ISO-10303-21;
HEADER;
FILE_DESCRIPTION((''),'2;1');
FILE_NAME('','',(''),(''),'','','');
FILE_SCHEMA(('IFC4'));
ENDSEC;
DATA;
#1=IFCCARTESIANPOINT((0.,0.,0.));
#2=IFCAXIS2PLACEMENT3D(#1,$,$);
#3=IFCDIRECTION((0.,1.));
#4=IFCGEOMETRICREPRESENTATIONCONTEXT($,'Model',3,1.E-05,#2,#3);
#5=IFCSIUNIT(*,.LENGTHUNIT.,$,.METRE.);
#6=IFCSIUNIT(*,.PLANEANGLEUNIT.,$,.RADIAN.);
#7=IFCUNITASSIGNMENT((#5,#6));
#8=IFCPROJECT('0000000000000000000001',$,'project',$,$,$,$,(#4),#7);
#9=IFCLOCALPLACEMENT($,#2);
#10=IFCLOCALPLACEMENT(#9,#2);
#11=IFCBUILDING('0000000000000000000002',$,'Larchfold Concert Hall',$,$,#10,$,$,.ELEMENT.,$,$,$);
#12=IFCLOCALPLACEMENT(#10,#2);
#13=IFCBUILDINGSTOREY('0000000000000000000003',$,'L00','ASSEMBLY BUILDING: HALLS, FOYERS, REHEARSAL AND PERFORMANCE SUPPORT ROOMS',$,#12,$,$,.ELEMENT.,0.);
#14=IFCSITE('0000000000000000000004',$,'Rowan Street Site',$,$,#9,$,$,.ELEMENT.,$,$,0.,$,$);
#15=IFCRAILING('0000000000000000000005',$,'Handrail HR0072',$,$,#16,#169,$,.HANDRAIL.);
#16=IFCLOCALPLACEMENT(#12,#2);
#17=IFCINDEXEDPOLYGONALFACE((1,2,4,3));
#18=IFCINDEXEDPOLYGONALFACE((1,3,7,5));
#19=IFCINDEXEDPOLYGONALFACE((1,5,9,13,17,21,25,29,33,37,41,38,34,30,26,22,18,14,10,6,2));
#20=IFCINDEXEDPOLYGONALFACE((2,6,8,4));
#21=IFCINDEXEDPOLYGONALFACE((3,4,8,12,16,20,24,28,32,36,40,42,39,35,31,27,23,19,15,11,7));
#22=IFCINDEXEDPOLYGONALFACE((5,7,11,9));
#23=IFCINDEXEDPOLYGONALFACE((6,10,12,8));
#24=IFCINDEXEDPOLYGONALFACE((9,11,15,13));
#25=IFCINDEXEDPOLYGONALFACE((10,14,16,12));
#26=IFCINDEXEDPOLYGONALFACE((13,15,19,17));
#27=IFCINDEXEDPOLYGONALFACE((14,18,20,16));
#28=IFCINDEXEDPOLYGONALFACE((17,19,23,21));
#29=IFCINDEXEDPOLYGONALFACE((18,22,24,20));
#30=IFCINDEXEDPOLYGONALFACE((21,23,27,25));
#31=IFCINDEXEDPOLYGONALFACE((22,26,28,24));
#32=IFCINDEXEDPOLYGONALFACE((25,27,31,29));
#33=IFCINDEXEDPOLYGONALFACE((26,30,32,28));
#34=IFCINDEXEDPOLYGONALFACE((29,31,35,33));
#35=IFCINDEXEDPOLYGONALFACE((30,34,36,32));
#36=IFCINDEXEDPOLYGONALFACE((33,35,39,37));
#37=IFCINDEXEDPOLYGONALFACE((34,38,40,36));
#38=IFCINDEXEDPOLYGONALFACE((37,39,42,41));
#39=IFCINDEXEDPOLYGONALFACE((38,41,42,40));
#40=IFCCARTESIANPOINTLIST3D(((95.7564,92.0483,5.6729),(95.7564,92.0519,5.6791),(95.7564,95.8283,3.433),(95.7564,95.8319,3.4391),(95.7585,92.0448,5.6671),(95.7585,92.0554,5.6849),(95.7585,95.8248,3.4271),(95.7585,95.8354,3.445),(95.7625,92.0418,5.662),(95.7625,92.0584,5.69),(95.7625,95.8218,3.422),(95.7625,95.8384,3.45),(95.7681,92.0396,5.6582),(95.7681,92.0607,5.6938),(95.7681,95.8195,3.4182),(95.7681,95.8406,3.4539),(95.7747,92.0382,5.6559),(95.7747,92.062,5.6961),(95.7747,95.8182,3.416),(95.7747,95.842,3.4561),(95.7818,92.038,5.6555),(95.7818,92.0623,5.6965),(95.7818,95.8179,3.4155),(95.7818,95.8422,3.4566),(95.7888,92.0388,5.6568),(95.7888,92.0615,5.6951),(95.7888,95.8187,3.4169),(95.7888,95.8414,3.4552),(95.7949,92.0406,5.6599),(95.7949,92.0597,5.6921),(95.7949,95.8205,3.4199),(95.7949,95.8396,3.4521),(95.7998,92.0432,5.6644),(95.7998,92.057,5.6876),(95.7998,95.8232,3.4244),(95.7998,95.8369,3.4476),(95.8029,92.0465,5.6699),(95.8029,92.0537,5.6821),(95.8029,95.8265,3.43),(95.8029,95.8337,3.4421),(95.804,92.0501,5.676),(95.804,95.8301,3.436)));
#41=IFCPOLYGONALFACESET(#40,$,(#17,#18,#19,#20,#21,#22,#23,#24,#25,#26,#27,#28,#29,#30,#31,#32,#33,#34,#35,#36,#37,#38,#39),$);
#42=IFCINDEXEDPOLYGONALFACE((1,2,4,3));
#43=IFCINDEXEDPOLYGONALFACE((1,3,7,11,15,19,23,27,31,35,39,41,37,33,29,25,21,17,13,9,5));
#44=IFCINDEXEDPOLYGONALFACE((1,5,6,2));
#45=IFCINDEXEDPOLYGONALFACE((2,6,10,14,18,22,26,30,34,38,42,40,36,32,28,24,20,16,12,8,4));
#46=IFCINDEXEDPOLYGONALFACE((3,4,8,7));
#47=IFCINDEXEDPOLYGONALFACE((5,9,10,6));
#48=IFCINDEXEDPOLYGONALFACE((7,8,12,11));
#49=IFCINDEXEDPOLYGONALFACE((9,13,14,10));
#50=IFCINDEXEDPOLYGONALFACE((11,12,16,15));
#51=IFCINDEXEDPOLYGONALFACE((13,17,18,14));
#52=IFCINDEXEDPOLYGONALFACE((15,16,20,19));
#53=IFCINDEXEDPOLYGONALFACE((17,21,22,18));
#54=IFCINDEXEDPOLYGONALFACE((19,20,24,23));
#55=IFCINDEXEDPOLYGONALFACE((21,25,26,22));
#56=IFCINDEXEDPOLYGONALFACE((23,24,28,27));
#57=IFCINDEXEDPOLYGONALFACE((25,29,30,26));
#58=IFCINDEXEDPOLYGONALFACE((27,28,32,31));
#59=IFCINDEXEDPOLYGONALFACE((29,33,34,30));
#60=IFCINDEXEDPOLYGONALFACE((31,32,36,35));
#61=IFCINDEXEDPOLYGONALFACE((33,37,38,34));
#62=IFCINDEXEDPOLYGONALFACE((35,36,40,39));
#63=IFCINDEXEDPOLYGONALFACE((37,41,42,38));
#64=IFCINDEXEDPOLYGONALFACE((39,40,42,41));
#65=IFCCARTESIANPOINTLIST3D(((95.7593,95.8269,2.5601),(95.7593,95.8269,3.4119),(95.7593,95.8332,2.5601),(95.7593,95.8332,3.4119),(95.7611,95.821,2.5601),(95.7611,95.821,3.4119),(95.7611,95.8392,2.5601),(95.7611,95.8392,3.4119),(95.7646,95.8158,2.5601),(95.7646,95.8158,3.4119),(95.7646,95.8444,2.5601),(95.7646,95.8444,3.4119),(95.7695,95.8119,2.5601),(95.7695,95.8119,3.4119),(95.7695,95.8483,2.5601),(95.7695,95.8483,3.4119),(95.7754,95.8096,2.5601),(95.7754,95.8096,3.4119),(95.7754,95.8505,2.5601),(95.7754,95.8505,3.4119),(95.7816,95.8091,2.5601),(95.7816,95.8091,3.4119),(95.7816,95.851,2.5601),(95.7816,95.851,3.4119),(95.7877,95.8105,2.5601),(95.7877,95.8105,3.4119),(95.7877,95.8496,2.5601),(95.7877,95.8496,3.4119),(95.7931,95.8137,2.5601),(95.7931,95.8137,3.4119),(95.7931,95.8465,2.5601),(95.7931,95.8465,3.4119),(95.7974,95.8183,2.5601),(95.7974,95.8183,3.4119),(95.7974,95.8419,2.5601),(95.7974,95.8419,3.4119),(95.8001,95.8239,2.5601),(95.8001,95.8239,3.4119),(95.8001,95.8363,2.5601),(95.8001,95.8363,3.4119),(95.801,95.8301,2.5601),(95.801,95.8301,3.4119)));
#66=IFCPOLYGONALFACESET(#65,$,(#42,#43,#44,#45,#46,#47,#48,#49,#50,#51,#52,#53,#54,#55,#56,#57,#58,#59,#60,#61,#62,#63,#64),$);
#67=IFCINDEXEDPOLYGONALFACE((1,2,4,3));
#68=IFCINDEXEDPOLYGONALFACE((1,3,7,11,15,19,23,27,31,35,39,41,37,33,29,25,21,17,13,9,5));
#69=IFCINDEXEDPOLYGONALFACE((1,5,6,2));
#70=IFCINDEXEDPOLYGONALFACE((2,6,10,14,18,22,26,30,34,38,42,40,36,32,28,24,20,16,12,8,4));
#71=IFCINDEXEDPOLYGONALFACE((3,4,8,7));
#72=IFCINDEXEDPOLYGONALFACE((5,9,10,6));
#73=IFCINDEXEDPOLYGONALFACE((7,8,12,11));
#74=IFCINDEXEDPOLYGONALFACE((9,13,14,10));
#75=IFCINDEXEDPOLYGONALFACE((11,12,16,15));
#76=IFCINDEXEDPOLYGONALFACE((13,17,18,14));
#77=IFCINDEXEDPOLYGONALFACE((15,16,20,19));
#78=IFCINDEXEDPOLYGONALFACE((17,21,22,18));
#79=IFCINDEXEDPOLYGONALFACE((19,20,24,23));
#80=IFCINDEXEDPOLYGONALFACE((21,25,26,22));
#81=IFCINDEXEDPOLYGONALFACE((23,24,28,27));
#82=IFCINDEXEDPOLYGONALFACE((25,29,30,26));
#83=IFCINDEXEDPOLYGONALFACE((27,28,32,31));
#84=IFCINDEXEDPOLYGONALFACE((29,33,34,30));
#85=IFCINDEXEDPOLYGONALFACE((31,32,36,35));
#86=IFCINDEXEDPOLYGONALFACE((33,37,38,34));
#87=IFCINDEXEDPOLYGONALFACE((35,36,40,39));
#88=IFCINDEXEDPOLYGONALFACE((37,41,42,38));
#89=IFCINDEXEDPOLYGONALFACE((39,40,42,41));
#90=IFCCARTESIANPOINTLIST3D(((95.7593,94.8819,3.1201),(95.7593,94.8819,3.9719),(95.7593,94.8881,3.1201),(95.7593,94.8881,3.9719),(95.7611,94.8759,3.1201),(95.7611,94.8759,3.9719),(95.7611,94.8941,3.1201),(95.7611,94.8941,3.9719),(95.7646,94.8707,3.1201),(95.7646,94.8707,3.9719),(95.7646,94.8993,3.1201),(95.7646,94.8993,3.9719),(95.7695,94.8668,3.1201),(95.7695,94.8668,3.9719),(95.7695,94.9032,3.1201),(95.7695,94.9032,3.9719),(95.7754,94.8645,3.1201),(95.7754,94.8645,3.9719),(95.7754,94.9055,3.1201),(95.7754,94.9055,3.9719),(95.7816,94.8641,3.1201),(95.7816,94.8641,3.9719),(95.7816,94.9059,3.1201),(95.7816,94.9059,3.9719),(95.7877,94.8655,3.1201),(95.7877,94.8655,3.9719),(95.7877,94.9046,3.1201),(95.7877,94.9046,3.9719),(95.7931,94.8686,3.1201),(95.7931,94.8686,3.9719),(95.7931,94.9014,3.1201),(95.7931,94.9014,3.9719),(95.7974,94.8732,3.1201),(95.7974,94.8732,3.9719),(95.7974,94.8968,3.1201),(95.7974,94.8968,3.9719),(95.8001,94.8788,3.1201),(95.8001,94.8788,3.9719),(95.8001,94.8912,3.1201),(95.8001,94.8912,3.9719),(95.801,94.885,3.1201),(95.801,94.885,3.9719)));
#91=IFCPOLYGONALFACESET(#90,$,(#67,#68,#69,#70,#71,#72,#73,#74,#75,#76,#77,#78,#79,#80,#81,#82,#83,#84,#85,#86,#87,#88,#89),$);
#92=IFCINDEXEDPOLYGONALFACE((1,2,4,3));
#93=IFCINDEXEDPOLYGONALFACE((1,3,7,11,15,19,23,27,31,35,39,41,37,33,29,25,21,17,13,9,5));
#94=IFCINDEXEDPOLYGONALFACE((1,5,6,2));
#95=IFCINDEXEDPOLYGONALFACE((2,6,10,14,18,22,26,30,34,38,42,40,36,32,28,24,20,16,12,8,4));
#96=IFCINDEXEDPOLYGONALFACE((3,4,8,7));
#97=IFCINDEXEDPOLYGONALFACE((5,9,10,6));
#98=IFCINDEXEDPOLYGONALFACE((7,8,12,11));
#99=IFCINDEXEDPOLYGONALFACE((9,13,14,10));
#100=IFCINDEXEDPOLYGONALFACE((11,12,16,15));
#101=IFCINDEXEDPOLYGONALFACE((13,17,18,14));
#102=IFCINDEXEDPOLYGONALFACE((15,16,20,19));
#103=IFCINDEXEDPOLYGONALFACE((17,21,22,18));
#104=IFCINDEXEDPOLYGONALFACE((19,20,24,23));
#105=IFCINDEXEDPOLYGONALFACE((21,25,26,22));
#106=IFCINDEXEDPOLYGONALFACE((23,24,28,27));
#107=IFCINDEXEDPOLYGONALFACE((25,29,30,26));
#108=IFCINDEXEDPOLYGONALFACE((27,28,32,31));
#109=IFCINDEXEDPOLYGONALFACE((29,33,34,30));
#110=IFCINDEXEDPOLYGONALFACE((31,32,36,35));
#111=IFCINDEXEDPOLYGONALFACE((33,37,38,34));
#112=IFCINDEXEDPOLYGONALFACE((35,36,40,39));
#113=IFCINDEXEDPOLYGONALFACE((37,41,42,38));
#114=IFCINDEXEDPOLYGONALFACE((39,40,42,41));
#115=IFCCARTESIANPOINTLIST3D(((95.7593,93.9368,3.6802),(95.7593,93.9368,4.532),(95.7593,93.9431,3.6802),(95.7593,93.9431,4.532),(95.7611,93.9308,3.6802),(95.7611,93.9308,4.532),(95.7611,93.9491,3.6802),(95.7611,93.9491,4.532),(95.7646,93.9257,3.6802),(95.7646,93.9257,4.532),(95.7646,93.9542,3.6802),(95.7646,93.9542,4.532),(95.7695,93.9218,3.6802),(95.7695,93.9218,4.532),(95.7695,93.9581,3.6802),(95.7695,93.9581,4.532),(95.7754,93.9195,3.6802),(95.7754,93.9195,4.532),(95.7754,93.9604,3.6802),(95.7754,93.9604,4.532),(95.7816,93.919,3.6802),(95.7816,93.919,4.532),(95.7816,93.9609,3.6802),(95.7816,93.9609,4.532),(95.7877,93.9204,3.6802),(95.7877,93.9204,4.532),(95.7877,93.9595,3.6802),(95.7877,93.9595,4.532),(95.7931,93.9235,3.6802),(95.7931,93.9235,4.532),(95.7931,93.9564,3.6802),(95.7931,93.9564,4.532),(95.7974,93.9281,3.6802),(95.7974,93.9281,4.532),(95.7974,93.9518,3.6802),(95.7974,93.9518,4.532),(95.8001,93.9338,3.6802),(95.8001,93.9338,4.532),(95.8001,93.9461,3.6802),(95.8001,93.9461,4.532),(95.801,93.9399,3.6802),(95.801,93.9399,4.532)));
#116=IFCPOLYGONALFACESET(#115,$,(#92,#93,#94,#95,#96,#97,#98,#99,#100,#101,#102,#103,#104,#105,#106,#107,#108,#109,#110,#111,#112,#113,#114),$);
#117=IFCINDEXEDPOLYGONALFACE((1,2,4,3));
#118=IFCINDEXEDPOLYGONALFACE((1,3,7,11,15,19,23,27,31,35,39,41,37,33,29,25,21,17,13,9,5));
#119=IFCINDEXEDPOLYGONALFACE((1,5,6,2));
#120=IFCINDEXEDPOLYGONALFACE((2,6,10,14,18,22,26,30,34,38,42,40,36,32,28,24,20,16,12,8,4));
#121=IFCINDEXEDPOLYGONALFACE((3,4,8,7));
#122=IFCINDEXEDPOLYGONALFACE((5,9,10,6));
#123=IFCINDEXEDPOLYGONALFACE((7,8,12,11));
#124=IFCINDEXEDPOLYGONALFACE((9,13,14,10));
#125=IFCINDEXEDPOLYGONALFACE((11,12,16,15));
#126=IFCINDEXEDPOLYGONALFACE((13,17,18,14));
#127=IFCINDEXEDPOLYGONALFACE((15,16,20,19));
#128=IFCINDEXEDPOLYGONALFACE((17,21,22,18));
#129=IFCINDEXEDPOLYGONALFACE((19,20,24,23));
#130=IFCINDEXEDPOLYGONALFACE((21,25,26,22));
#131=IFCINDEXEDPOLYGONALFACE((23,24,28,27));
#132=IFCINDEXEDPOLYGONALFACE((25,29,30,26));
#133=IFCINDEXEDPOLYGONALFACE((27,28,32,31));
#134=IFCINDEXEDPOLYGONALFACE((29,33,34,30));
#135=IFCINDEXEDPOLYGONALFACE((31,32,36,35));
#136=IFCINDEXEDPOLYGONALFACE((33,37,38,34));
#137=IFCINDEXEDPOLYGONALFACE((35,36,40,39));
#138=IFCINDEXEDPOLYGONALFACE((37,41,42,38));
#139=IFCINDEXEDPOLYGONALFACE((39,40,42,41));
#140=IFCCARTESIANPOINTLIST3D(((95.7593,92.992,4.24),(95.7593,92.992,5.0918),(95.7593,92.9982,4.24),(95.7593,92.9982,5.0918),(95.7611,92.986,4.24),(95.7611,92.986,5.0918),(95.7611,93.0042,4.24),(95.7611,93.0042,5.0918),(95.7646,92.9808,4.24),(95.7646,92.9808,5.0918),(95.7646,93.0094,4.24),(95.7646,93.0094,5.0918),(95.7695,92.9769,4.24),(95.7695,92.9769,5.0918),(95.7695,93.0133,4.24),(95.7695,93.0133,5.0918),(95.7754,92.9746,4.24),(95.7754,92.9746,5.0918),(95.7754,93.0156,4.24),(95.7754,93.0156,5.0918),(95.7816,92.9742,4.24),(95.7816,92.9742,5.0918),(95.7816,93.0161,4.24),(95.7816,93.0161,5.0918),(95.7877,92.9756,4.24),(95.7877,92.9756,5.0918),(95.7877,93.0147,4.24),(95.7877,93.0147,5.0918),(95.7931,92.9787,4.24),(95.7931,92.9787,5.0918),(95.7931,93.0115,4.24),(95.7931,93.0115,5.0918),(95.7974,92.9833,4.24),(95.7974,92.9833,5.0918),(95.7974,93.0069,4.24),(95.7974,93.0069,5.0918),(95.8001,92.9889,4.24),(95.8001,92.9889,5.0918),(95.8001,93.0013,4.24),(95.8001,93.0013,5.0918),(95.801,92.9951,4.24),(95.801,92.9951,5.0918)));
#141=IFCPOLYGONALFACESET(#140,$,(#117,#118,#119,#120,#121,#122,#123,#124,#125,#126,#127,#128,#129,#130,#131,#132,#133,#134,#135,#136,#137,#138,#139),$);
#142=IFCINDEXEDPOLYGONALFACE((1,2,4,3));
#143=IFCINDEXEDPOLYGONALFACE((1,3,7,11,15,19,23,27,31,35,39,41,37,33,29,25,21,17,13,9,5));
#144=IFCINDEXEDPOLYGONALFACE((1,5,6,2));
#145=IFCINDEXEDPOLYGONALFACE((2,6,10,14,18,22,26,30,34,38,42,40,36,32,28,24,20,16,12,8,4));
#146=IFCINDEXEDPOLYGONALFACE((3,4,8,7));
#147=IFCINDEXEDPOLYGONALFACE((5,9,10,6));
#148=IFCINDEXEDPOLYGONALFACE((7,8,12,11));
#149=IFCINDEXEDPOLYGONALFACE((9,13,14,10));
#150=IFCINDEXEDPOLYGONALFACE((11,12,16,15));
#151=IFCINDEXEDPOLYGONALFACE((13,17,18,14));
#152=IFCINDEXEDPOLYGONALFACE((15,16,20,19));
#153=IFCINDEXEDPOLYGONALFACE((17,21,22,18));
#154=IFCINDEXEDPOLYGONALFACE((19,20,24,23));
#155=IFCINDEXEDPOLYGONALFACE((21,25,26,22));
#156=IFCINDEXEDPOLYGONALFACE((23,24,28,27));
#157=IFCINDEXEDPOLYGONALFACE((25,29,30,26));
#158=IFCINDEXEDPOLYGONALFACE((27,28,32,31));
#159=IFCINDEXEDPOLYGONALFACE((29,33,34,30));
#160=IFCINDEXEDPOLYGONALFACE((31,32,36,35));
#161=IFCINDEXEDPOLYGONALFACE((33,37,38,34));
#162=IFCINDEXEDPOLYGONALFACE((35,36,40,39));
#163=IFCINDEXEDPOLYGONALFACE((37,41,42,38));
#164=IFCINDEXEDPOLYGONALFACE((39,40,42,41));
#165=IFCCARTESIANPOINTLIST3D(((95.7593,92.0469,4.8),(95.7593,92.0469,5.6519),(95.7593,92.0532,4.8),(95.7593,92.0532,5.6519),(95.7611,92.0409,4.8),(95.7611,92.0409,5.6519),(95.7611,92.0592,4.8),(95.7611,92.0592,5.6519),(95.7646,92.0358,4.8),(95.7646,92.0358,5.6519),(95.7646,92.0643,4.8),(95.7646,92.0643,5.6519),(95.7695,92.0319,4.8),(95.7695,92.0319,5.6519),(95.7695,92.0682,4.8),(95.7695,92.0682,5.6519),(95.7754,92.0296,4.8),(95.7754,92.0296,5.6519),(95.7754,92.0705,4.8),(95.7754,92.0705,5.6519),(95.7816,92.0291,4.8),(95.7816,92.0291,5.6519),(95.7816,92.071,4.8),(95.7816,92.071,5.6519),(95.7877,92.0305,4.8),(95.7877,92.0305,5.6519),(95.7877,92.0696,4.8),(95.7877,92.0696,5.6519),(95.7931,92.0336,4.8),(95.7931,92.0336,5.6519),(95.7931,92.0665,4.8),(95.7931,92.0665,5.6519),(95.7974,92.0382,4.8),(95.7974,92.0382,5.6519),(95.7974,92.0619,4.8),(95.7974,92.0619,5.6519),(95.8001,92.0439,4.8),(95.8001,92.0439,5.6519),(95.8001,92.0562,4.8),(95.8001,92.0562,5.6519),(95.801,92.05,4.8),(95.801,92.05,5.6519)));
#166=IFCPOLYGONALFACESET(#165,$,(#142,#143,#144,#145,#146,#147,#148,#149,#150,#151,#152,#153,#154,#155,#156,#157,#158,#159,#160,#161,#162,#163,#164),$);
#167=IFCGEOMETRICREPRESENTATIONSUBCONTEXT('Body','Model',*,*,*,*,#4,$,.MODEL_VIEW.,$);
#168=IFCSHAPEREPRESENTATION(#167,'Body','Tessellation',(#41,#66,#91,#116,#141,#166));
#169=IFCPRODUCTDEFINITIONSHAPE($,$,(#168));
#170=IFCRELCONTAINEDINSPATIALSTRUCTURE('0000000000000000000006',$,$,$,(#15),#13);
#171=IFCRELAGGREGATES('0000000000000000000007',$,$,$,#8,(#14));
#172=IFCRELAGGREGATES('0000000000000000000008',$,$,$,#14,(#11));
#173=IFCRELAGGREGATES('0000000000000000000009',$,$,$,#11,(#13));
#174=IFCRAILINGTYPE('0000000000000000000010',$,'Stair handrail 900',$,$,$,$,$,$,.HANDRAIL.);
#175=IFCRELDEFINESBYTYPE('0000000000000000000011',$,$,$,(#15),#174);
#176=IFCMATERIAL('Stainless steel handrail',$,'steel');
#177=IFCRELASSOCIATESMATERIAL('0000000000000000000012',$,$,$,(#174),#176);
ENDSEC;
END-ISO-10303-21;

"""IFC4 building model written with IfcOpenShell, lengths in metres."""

from ifc_helpers import new_model, si_unit, direction, frame, origin, origin_2d, place, context, subcontext, project, spatial, circle, extrude, material, type_object, element, save


model = new_model("IFC4")

# Units and contexts
model_context = context("Model", 3, precision=1e-05, world=origin(), true_north=direction((0.0, 1.0)))
body_context = subcontext(model_context, "Body", "Model", "MODEL_VIEW")
ifc_project = project(units=[si_unit("LENGTHUNIT", "METRE"), si_unit("PLANEANGLEUNIT", "RADIAN")], contexts=[model_context])

# Site, building, storey
site_placement = place(None, origin())
site = spatial("IfcSite", under=ifc_project, at=site_placement, Name="Rowan Street Site", CompositionType="ELEMENT", RefElevation=0.0)
building_placement = place(site_placement, origin())
building = spatial("IfcBuilding", under=site, at=building_placement, Name="Larchfold Concert Hall", CompositionType="ELEMENT")
storey_placement = place(building_placement, origin())
storey = spatial("IfcBuildingStorey", under=building, at=storey_placement, Name="L00", Description="ASSEMBLY BUILDING: HALLS, FOYERS, REHEARSAL AND PERFORMANCE SUPPORT ROOMS", CompositionType="ELEMENT", Elevation=0.0)

# Railing
ifc_material_1 = material(Name="Stainless steel handrail", Category="steel")
railing_type_1 = type_object("IfcRailingType", Name="Stair handrail 900", PredefinedType="HANDRAIL", material=ifc_material_1)
railing_1_placement = place(storey_placement, frame((95.78, 95.8301, 2.5601)))
element("IfcRailing", 1, at=railing_1_placement, inside=storey, type_object=railing_type_1, Name="Handrail HR0072", PredefinedType="HANDRAIL", context=body_context, shape_type="SweptSolid", body=[
    extrude(circle(Radius=0.0239, at=origin_2d()), frame((0.0, 0.0, 0.876), z_axis=(0.0, -0.860294, 0.509798), x_axis=(1.0, 0.0, 0.0)), (0.0, 0.0, 1.0), 4.3938),
    extrude(circle(Radius=0.021, at=origin_2d()), origin(), (0.0, 0.0, 1.0), 0.8518),
    extrude(circle(Radius=0.021, at=origin_2d()), frame((0.0, -0.9451, 0.5601)), (0.0, 0.0, 1.0), 0.8518),
    extrude(circle(Radius=0.021, at=origin_2d()), frame((0.0, -1.8901, 1.1201)), (0.0, 0.0, 1.0), 0.8518),
    extrude(circle(Radius=0.021, at=origin_2d()), frame((0.0, -2.835, 1.6799)), (0.0, 0.0, 1.0), 0.8518),
    extrude(circle(Radius=0.021, at=origin_2d()), frame((0.0, -3.78, 2.24)), (0.0, 0.0, 1.0), 0.8518),
])

save(model, "model.ifc")
